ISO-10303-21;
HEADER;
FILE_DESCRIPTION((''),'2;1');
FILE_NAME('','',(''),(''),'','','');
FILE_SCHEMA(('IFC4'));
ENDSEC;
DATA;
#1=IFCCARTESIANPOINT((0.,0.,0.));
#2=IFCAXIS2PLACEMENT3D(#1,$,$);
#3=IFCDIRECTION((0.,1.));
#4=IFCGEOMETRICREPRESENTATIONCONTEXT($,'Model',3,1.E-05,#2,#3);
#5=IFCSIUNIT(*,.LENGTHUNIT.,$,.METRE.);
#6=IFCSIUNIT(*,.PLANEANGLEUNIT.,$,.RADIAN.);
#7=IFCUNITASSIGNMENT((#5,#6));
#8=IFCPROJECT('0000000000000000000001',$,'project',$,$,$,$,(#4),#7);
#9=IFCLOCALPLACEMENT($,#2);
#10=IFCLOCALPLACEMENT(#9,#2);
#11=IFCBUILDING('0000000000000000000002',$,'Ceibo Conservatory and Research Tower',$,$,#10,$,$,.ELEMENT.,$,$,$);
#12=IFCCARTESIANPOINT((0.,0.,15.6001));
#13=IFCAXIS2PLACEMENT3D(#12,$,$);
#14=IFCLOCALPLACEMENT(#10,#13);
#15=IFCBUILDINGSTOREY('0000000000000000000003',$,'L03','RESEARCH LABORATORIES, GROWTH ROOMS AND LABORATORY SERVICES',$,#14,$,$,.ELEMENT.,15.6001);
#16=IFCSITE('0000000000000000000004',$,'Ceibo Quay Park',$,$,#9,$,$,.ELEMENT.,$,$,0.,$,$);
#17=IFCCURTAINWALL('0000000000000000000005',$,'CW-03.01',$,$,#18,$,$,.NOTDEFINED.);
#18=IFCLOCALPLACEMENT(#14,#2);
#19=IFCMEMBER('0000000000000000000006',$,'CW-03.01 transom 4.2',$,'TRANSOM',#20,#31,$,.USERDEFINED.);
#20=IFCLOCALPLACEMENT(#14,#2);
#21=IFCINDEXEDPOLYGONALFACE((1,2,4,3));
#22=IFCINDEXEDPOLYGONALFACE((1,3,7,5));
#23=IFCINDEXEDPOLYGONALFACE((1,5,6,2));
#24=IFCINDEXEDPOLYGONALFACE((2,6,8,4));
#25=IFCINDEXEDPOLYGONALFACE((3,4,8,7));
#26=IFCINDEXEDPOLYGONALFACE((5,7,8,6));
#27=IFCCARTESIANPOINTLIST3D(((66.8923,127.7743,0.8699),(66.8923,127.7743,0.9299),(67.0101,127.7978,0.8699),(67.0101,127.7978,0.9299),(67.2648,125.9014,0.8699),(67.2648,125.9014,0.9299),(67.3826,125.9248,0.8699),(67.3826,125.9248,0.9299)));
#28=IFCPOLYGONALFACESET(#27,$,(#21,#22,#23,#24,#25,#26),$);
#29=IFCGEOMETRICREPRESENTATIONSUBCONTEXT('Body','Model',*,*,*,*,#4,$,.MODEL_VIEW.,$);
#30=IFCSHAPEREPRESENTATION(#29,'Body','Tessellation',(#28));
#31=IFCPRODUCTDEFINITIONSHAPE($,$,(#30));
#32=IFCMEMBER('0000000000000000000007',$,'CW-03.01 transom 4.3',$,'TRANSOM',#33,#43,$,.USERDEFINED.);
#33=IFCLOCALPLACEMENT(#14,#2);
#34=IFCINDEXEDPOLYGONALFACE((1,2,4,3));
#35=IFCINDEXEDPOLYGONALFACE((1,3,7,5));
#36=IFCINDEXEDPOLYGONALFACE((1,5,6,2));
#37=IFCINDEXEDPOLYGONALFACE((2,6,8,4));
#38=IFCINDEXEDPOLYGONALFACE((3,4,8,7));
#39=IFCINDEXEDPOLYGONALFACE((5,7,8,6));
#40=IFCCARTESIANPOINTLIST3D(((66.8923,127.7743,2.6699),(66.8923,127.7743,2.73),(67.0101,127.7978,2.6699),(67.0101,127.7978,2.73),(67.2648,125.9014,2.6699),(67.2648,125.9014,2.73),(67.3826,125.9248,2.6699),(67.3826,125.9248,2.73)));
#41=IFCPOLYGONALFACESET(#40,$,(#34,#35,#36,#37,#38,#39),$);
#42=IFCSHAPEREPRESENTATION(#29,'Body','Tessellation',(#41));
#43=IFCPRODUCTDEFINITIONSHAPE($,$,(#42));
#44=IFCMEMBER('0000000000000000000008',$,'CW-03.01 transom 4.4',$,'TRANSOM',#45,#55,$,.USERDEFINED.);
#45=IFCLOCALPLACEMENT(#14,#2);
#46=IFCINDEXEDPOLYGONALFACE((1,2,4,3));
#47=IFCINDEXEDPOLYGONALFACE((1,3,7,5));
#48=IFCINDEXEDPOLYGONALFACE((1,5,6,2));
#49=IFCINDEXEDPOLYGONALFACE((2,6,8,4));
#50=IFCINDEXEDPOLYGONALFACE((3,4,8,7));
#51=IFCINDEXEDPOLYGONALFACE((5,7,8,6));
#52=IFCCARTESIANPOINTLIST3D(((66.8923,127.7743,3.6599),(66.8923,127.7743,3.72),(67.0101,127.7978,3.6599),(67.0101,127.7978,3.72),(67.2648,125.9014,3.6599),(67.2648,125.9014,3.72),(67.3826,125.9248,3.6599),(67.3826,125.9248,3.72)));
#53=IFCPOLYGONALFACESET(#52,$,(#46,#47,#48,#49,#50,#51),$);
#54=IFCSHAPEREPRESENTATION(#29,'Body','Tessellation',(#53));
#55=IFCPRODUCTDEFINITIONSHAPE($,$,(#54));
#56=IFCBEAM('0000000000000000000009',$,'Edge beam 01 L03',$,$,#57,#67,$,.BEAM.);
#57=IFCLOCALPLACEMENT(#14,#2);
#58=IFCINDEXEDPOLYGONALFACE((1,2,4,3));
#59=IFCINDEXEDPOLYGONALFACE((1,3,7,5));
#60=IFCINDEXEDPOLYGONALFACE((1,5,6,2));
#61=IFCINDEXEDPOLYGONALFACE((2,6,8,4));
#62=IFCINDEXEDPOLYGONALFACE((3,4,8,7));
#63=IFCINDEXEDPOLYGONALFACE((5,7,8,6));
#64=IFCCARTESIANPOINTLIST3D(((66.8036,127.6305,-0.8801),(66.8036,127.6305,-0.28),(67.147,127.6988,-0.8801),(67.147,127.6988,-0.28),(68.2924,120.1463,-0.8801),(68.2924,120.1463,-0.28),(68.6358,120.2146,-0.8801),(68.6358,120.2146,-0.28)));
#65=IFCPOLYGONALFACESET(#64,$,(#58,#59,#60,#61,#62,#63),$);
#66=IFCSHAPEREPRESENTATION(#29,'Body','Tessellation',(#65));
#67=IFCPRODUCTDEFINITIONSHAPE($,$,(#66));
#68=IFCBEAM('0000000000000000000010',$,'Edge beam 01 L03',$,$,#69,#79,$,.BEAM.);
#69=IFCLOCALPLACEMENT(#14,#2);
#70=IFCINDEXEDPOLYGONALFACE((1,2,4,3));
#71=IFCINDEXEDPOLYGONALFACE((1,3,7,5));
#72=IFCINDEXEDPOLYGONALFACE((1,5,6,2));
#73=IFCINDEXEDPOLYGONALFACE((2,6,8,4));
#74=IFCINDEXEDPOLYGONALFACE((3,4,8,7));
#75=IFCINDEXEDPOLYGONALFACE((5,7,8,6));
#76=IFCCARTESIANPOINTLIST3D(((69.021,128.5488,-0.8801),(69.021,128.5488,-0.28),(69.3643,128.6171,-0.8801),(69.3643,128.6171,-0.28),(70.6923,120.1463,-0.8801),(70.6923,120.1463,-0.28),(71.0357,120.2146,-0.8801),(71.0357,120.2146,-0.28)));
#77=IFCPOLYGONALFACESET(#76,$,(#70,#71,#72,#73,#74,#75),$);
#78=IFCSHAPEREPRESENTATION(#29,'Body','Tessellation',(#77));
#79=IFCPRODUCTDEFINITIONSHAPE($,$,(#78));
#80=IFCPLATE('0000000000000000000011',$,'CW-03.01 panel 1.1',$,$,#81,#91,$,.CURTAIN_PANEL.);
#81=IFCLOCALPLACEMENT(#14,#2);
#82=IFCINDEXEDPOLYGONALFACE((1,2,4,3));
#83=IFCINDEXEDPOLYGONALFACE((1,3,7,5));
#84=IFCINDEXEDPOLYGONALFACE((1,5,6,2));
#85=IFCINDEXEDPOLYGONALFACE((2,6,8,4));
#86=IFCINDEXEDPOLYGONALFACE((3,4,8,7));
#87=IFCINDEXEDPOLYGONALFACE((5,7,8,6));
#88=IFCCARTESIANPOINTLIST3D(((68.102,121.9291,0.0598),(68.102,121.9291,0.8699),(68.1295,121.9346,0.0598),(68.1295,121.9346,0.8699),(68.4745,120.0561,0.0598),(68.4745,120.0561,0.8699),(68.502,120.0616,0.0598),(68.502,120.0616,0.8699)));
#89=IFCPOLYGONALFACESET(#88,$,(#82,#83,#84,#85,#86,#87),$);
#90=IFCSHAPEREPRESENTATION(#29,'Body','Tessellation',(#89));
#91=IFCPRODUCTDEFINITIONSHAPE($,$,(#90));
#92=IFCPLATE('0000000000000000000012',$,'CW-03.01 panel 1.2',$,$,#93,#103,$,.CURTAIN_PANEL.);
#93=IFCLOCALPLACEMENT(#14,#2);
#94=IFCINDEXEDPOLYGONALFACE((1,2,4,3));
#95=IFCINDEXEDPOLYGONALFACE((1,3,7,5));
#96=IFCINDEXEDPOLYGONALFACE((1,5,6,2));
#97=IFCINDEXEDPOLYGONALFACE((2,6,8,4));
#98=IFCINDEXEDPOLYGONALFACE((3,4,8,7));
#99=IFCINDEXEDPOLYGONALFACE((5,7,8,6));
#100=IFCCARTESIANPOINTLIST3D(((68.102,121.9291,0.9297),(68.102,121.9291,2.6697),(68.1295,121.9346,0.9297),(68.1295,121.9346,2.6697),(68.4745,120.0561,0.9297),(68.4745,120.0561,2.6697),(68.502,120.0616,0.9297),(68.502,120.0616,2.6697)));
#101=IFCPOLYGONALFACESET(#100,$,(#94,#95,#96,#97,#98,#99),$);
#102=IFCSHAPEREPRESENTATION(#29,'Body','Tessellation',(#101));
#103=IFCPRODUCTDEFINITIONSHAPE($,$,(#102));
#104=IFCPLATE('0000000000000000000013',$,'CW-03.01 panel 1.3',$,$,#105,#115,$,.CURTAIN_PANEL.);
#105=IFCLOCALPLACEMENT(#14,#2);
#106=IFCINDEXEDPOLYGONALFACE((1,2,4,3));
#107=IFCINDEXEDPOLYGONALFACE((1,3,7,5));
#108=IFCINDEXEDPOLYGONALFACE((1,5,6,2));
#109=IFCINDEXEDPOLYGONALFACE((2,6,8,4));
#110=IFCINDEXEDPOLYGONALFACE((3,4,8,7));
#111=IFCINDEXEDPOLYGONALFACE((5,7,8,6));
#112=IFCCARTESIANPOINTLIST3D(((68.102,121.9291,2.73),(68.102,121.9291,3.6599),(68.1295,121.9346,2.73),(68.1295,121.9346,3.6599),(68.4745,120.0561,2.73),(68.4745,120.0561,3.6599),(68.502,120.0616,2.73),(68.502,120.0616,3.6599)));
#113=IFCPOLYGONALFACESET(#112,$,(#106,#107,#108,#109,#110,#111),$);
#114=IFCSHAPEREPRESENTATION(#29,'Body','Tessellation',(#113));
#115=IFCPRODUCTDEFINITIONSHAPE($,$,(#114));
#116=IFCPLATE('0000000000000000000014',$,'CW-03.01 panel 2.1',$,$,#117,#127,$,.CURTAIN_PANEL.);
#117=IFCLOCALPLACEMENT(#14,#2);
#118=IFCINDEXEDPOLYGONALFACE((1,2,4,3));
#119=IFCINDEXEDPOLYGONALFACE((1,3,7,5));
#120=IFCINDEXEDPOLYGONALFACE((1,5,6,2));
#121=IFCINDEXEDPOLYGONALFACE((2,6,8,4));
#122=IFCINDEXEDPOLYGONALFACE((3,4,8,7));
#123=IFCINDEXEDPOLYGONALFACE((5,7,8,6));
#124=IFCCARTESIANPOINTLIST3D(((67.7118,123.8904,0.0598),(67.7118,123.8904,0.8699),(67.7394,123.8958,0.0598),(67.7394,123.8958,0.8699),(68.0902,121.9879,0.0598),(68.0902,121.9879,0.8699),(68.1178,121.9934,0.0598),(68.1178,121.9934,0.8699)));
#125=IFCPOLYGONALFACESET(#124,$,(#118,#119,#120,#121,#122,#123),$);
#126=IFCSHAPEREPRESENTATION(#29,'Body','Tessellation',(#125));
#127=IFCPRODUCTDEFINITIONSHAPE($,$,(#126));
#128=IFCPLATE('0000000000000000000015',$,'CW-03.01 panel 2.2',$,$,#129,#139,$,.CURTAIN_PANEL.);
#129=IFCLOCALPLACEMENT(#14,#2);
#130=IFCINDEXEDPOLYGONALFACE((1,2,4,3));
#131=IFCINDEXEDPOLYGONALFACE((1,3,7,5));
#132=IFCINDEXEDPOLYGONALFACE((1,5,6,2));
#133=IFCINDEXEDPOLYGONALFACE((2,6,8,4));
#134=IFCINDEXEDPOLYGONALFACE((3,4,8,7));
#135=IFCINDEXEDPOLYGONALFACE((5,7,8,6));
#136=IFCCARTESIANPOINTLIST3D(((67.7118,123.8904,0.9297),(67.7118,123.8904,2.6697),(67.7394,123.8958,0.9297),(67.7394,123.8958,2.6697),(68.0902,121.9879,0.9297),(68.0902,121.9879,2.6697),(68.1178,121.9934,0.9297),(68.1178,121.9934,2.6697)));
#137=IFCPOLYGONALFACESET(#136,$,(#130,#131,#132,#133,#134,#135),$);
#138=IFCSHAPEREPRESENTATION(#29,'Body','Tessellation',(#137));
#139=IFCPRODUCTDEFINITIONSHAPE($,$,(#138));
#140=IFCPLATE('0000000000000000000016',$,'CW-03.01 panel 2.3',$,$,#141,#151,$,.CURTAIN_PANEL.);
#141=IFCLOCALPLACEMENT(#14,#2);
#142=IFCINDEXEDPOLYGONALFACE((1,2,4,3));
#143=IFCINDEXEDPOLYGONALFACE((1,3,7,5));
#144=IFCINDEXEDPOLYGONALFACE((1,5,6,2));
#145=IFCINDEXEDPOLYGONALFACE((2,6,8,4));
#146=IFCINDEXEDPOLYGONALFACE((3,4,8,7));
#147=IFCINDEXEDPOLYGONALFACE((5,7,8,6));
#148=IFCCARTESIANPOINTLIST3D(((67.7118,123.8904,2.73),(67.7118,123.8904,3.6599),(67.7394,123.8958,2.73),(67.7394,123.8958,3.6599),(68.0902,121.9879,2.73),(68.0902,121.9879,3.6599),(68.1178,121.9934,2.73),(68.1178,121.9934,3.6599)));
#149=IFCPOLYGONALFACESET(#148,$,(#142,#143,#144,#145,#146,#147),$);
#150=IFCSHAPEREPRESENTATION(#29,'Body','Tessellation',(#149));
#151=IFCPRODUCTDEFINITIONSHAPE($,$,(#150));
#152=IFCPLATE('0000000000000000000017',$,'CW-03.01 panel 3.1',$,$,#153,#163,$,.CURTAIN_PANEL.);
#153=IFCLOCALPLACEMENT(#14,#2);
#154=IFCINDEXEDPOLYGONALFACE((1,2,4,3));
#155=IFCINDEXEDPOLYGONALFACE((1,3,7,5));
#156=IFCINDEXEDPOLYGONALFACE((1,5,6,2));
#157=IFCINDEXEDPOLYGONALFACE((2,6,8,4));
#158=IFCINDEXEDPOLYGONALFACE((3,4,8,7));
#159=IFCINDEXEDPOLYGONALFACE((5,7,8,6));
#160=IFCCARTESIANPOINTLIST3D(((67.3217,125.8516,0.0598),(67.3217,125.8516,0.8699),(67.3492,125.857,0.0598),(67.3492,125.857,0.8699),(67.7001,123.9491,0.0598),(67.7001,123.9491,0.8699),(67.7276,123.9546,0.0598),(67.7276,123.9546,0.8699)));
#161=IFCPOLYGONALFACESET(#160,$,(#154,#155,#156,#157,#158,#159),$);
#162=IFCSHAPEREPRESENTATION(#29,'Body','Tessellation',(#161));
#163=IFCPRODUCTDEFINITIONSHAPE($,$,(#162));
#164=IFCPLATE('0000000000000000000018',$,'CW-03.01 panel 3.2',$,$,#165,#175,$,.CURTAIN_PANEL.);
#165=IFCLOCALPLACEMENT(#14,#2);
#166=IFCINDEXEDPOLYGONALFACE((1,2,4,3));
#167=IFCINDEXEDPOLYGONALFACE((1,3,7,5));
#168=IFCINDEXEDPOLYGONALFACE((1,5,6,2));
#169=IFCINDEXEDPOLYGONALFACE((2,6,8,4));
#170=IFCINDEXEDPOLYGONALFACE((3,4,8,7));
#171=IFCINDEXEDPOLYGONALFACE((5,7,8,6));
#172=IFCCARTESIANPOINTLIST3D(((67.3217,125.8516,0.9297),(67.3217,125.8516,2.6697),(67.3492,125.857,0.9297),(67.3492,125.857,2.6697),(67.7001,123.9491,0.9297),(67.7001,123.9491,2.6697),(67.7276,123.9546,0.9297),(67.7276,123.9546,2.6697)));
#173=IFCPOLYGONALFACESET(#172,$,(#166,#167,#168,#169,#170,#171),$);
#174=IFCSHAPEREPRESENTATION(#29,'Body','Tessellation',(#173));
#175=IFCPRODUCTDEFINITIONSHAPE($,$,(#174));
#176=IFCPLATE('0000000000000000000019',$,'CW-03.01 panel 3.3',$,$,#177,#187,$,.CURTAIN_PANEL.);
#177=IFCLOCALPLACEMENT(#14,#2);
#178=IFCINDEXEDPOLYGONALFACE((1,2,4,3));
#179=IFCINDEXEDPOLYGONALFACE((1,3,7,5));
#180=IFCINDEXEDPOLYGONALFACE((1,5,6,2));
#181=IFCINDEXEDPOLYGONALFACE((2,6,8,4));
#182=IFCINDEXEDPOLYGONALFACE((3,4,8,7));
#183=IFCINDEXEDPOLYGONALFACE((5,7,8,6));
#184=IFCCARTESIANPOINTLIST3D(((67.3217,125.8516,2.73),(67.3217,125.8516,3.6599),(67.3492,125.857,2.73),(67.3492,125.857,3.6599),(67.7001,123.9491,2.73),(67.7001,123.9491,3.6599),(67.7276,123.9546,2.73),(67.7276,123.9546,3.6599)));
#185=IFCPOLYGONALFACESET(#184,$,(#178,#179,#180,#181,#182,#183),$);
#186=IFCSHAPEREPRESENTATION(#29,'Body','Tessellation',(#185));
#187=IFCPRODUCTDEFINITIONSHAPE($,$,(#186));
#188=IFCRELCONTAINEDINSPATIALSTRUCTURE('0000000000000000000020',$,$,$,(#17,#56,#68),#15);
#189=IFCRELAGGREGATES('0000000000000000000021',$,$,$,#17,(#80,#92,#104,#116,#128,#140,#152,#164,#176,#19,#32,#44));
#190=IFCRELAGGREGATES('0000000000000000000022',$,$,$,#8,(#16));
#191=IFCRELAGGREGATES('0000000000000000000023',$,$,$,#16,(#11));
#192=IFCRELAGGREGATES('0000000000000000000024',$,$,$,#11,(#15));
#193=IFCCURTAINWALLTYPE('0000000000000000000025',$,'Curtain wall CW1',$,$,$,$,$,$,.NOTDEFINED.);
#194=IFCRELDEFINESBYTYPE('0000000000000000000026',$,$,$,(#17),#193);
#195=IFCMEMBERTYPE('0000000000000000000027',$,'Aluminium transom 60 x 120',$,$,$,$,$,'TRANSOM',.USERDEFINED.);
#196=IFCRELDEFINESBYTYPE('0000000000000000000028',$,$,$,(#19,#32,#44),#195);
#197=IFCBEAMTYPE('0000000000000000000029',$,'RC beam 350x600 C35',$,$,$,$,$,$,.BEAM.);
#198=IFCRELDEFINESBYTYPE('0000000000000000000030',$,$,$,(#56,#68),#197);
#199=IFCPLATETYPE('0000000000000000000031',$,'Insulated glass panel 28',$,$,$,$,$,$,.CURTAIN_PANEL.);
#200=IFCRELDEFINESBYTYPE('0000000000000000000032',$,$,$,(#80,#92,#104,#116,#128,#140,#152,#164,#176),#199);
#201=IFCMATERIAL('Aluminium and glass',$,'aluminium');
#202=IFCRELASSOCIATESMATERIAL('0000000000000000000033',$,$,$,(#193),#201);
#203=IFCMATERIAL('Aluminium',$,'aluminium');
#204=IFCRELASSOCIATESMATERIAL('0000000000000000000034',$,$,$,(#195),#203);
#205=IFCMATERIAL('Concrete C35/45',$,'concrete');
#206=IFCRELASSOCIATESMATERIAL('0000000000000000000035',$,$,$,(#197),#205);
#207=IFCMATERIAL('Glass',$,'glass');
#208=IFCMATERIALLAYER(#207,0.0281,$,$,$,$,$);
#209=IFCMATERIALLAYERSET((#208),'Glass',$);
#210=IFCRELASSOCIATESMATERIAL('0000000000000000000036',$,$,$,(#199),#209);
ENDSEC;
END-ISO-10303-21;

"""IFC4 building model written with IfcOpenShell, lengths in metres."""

from ifc_helpers import new_model, si_unit, direction, frame, origin, origin_2d, place, context, subcontext, project, spatial, rectangle, extrude, material, layer, layer_set, material_profile, profile_set, type_object, element, aggregate, save


model = new_model("IFC4")

# Units and contexts
model_context = context("Model", 3, precision=1e-05, world=origin(), true_north=direction((0.0, 1.0)))
body_context = subcontext(model_context, "Body", "Model", "MODEL_VIEW")
ifc_project = project(units=[si_unit("LENGTHUNIT", "METRE"), si_unit("PLANEANGLEUNIT", "RADIAN")], contexts=[model_context])

# Site, building, storey
site_placement = place(None, origin())
site = spatial("IfcSite", under=ifc_project, at=site_placement, Name="Ceibo Quay Park", CompositionType="ELEMENT", RefElevation=0.0)
building_placement = place(site_placement, origin())
building = spatial("IfcBuilding", under=site, at=building_placement, Name="Ceibo Conservatory and Research Tower", CompositionType="ELEMENT")
storey_placement = place(building_placement, frame((0.0, 0.0, 15.6001)))
storey = spatial("IfcBuildingStorey", under=building, at=storey_placement, Name="L03", Description="RESEARCH LABORATORIES, GROWTH ROOMS AND LABORATORY SERVICES", CompositionType="ELEMENT", Elevation=15.6001)

# Curtain wall, members
ifc_material_1 = material(Name="Aluminium and glass", Category="aluminium")
curtain_wall_type = type_object("IfcCurtainWallType", Name="Curtain wall CW1", PredefinedType="NOTDEFINED", material=ifc_material_1)
curtain_wall_placement = place(storey_placement, origin())
curtain_wall = element("IfcCurtainWall", 1, at=curtain_wall_placement, inside=storey, type_object=curtain_wall_type, Name="CW-03.01", PredefinedType="NOTDEFINED")
ifc_material_2 = material(Name="Aluminium", Category="aluminium")
ifc_material_profile_1 = material_profile(ifc_material_2, rectangle(XDim=0.1201, YDim=0.0601, at=origin_2d()), Name="Aluminium 60 x 120")
ifc_profile_set_1 = profile_set([ifc_material_profile_1], Name="Aluminium")
member_type_1 = type_object("IfcMemberType", Name="Aluminium transom 60 x 120", ElementType="TRANSOM", PredefinedType="USERDEFINED", material=ifc_profile_set_1)
member_1_placement = place(storey_placement, frame((67.3237, 125.9131, 0.8999), z_axis=(-0.195083, 0.980787, 0.0), x_axis=(-0.980787, -0.195083, 0.0)))
member_1 = element("IfcMember", 2, at=member_1_placement, type_object=member_type_1, Name="CW-03.01 transom 4.2", ObjectType="TRANSOM", PredefinedType="USERDEFINED", context=body_context, shape_type="SweptSolid", body=[
    extrude(rectangle(XDim=0.1201, YDim=0.0601, at=origin_2d()), origin(), (0.0, 0.0, 1.0), 1.9097),
])
member_2_placement = place(storey_placement, frame((67.3237, 125.9131, 2.7), z_axis=(-0.195083, 0.980787, 0.0), x_axis=(-0.980787, -0.195083, 0.0)))
member_2 = element("IfcMember", 3, at=member_2_placement, type_object=member_type_1, Name="CW-03.01 transom 4.3", ObjectType="TRANSOM", PredefinedType="USERDEFINED", context=body_context, shape_type="SweptSolid", body=[
    extrude(rectangle(XDim=0.1201, YDim=0.0601, at=origin_2d()), origin(), (0.0, 0.0, 1.0), 1.9097),
])
member_3_placement = place(storey_placement, frame((67.3237, 125.9131, 3.6899), z_axis=(-0.195083, 0.980787, 0.0), x_axis=(-0.980787, -0.195083, 0.0)))
member_3 = element("IfcMember", 4, at=member_3_placement, type_object=member_type_1, Name="CW-03.01 transom 4.4", ObjectType="TRANSOM", PredefinedType="USERDEFINED", context=body_context, shape_type="SweptSolid", body=[
    extrude(rectangle(XDim=0.1201, YDim=0.0601, at=origin_2d()), origin(), (0.0, 0.0, 1.0), 1.9097),
])

# Beams
ifc_material_3 = material(Name="Concrete C35/45", Category="concrete")
ifc_material_profile_2 = material_profile(ifc_material_3, rectangle(XDim=0.3501, YDim=0.6001, at=origin_2d()), Name="RC 350x600")
ifc_profile_set_2 = profile_set([ifc_material_profile_2], Name="Concrete C35/45")
beam_type = type_object("IfcBeamType", Name="RC beam 350x600 C35", PredefinedType="BEAM", material=ifc_profile_set_2)
beam_1_placement = place(storey_placement, frame((68.4641, 120.1804, -0.5801), z_axis=(-0.195101, 0.980783, 0.0), x_axis=(-0.980783, -0.195101, 0.0)))
element("IfcBeam", 5, at=beam_1_placement, inside=storey, type_object=beam_type, Name="Edge beam 01 L03", PredefinedType="BEAM", context=body_context, shape_type="SweptSolid", body=[
    extrude(rectangle(XDim=0.3501, YDim=0.6001, at=origin_2d()), origin(), (0.0, 0.0, 1.0), 7.6309),
])
beam_2_placement = place(storey_placement, frame((70.864, 120.1804, -0.5801), z_axis=(-0.195091, 0.980785, 0.0), x_axis=(-0.980785, -0.195091, 0.0)))
element("IfcBeam", 6, at=beam_2_placement, inside=storey, type_object=beam_type, Name="Edge beam 01 L03", PredefinedType="BEAM", context=body_context, shape_type="SweptSolid", body=[
    extrude(rectangle(XDim=0.3501, YDim=0.6001, at=origin_2d()), origin(), (0.0, 0.0, 1.0), 8.5671),
])

# Plates
ifc_material_4 = material(Name="Glass", Category="glass")
ifc_layer = layer(ifc_material_4, 0.0281)
ifc_layer_set = layer_set([ifc_layer], Name="Glass")
plate_type = type_object("IfcPlateType", Name="Insulated glass panel 28", PredefinedType="CURTAIN_PANEL", material=ifc_layer_set)
plate_1_placement = place(storey_placement, frame((68.302, 120.9954, 0.0598), z_axis=(0.0, 0.0, 1.0), x_axis=(-0.19509, 0.980785, 0.0)))
plate_1 = element("IfcPlate", 7, at=plate_1_placement, type_object=plate_type, Name="CW-03.01 panel 1.1", PredefinedType="CURTAIN_PANEL", context=body_context, shape_type="SweptSolid", body=[
    extrude(rectangle(XDim=1.9097, YDim=0.0281, at=origin_2d()), origin(), (0.0, 0.0, 1.0), 0.8101),
])
plate_2_placement = place(storey_placement, frame((68.302, 120.9954, 0.9297), z_axis=(0.0, 0.0, 1.0), x_axis=(-0.19509, 0.980785, 0.0)))
plate_2 = element("IfcPlate", 8, at=plate_2_placement, type_object=plate_type, Name="CW-03.01 panel 1.2", PredefinedType="CURTAIN_PANEL", context=body_context, shape_type="SweptSolid", body=[
    extrude(rectangle(XDim=1.9097, YDim=0.0281, at=origin_2d()), origin(), (0.0, 0.0, 1.0), 1.74),
])
plate_3_placement = place(storey_placement, frame((68.302, 120.9954, 2.73), z_axis=(0.0, 0.0, 1.0), x_axis=(-0.19509, 0.980785, 0.0)))
plate_3 = element("IfcPlate", 9, at=plate_3_placement, type_object=plate_type, Name="CW-03.01 panel 1.3", PredefinedType="CURTAIN_PANEL", context=body_context, shape_type="SweptSolid", body=[
    extrude(rectangle(XDim=1.9097, YDim=0.0281, at=origin_2d()), origin(), (0.0, 0.0, 1.0), 0.9299),
])
plate_4_placement = place(storey_placement, frame((67.9148, 122.9419, 0.0598), z_axis=(0.0, 0.0, 1.0), x_axis=(-0.19509, 0.980785, 0.0)))
plate_4 = element("IfcPlate", 10, at=plate_4_placement, type_object=plate_type, Name="CW-03.01 panel 2.1", PredefinedType="CURTAIN_PANEL", context=body_context, shape_type="SweptSolid", body=[
    extrude(rectangle(XDim=1.9397, YDim=0.0281, at=origin_2d()), origin(), (0.0, 0.0, 1.0), 0.8101),
])
plate_5_placement = place(storey_placement, frame((67.9148, 122.9419, 0.9297), z_axis=(0.0, 0.0, 1.0), x_axis=(-0.19509, 0.980785, 0.0)))
plate_5 = element("IfcPlate", 11, at=plate_5_placement, type_object=plate_type, Name="CW-03.01 panel 2.2", PredefinedType="CURTAIN_PANEL", context=body_context, shape_type="SweptSolid", body=[
    extrude(rectangle(XDim=1.9397, YDim=0.0281, at=origin_2d()), origin(), (0.0, 0.0, 1.0), 1.74),
])
plate_6_placement = place(storey_placement, frame((67.9148, 122.9419, 2.73), z_axis=(0.0, 0.0, 1.0), x_axis=(-0.19509, 0.980785, 0.0)))
plate_6 = element("IfcPlate", 12, at=plate_6_placement, type_object=plate_type, Name="CW-03.01 panel 2.3", PredefinedType="CURTAIN_PANEL", context=body_context, shape_type="SweptSolid", body=[
    extrude(rectangle(XDim=1.9397, YDim=0.0281, at=origin_2d()), origin(), (0.0, 0.0, 1.0), 0.9299),
])
plate_7_placement = place(storey_placement, frame((67.5247, 124.9031, 0.0598), z_axis=(0.0, 0.0, 1.0), x_axis=(-0.19509, 0.980785, 0.0)))
plate_7 = element("IfcPlate", 13, at=plate_7_placement, type_object=plate_type, Name="CW-03.01 panel 3.1", PredefinedType="CURTAIN_PANEL", context=body_context, shape_type="SweptSolid", body=[
    extrude(rectangle(XDim=1.9397, YDim=0.0281, at=origin_2d()), origin(), (0.0, 0.0, 1.0), 0.8101),
])
plate_8_placement = place(storey_placement, frame((67.5247, 124.9031, 0.9297), z_axis=(0.0, 0.0, 1.0), x_axis=(-0.19509, 0.980785, 0.0)))
plate_8 = element("IfcPlate", 14, at=plate_8_placement, type_object=plate_type, Name="CW-03.01 panel 3.2", PredefinedType="CURTAIN_PANEL", context=body_context, shape_type="SweptSolid", body=[
    extrude(rectangle(XDim=1.9397, YDim=0.0281, at=origin_2d()), origin(), (0.0, 0.0, 1.0), 1.74),
])
plate_9_placement = place(storey_placement, frame((67.5247, 124.9031, 2.73), z_axis=(0.0, 0.0, 1.0), x_axis=(-0.19509, 0.980785, 0.0)))
plate_9 = element("IfcPlate", 15, at=plate_9_placement, type_object=plate_type, Name="CW-03.01 panel 3.3", PredefinedType="CURTAIN_PANEL", context=body_context, shape_type="SweptSolid", body=[
    extrude(rectangle(XDim=1.9397, YDim=0.0281, at=origin_2d()), origin(), (0.0, 0.0, 1.0), 0.9299),
])
aggregate(curtain_wall, [plate_1, plate_2, plate_3, plate_4, plate_5, plate_6, plate_7, plate_8, plate_9, member_1, member_2, member_3])

save(model, "model.ifc")
